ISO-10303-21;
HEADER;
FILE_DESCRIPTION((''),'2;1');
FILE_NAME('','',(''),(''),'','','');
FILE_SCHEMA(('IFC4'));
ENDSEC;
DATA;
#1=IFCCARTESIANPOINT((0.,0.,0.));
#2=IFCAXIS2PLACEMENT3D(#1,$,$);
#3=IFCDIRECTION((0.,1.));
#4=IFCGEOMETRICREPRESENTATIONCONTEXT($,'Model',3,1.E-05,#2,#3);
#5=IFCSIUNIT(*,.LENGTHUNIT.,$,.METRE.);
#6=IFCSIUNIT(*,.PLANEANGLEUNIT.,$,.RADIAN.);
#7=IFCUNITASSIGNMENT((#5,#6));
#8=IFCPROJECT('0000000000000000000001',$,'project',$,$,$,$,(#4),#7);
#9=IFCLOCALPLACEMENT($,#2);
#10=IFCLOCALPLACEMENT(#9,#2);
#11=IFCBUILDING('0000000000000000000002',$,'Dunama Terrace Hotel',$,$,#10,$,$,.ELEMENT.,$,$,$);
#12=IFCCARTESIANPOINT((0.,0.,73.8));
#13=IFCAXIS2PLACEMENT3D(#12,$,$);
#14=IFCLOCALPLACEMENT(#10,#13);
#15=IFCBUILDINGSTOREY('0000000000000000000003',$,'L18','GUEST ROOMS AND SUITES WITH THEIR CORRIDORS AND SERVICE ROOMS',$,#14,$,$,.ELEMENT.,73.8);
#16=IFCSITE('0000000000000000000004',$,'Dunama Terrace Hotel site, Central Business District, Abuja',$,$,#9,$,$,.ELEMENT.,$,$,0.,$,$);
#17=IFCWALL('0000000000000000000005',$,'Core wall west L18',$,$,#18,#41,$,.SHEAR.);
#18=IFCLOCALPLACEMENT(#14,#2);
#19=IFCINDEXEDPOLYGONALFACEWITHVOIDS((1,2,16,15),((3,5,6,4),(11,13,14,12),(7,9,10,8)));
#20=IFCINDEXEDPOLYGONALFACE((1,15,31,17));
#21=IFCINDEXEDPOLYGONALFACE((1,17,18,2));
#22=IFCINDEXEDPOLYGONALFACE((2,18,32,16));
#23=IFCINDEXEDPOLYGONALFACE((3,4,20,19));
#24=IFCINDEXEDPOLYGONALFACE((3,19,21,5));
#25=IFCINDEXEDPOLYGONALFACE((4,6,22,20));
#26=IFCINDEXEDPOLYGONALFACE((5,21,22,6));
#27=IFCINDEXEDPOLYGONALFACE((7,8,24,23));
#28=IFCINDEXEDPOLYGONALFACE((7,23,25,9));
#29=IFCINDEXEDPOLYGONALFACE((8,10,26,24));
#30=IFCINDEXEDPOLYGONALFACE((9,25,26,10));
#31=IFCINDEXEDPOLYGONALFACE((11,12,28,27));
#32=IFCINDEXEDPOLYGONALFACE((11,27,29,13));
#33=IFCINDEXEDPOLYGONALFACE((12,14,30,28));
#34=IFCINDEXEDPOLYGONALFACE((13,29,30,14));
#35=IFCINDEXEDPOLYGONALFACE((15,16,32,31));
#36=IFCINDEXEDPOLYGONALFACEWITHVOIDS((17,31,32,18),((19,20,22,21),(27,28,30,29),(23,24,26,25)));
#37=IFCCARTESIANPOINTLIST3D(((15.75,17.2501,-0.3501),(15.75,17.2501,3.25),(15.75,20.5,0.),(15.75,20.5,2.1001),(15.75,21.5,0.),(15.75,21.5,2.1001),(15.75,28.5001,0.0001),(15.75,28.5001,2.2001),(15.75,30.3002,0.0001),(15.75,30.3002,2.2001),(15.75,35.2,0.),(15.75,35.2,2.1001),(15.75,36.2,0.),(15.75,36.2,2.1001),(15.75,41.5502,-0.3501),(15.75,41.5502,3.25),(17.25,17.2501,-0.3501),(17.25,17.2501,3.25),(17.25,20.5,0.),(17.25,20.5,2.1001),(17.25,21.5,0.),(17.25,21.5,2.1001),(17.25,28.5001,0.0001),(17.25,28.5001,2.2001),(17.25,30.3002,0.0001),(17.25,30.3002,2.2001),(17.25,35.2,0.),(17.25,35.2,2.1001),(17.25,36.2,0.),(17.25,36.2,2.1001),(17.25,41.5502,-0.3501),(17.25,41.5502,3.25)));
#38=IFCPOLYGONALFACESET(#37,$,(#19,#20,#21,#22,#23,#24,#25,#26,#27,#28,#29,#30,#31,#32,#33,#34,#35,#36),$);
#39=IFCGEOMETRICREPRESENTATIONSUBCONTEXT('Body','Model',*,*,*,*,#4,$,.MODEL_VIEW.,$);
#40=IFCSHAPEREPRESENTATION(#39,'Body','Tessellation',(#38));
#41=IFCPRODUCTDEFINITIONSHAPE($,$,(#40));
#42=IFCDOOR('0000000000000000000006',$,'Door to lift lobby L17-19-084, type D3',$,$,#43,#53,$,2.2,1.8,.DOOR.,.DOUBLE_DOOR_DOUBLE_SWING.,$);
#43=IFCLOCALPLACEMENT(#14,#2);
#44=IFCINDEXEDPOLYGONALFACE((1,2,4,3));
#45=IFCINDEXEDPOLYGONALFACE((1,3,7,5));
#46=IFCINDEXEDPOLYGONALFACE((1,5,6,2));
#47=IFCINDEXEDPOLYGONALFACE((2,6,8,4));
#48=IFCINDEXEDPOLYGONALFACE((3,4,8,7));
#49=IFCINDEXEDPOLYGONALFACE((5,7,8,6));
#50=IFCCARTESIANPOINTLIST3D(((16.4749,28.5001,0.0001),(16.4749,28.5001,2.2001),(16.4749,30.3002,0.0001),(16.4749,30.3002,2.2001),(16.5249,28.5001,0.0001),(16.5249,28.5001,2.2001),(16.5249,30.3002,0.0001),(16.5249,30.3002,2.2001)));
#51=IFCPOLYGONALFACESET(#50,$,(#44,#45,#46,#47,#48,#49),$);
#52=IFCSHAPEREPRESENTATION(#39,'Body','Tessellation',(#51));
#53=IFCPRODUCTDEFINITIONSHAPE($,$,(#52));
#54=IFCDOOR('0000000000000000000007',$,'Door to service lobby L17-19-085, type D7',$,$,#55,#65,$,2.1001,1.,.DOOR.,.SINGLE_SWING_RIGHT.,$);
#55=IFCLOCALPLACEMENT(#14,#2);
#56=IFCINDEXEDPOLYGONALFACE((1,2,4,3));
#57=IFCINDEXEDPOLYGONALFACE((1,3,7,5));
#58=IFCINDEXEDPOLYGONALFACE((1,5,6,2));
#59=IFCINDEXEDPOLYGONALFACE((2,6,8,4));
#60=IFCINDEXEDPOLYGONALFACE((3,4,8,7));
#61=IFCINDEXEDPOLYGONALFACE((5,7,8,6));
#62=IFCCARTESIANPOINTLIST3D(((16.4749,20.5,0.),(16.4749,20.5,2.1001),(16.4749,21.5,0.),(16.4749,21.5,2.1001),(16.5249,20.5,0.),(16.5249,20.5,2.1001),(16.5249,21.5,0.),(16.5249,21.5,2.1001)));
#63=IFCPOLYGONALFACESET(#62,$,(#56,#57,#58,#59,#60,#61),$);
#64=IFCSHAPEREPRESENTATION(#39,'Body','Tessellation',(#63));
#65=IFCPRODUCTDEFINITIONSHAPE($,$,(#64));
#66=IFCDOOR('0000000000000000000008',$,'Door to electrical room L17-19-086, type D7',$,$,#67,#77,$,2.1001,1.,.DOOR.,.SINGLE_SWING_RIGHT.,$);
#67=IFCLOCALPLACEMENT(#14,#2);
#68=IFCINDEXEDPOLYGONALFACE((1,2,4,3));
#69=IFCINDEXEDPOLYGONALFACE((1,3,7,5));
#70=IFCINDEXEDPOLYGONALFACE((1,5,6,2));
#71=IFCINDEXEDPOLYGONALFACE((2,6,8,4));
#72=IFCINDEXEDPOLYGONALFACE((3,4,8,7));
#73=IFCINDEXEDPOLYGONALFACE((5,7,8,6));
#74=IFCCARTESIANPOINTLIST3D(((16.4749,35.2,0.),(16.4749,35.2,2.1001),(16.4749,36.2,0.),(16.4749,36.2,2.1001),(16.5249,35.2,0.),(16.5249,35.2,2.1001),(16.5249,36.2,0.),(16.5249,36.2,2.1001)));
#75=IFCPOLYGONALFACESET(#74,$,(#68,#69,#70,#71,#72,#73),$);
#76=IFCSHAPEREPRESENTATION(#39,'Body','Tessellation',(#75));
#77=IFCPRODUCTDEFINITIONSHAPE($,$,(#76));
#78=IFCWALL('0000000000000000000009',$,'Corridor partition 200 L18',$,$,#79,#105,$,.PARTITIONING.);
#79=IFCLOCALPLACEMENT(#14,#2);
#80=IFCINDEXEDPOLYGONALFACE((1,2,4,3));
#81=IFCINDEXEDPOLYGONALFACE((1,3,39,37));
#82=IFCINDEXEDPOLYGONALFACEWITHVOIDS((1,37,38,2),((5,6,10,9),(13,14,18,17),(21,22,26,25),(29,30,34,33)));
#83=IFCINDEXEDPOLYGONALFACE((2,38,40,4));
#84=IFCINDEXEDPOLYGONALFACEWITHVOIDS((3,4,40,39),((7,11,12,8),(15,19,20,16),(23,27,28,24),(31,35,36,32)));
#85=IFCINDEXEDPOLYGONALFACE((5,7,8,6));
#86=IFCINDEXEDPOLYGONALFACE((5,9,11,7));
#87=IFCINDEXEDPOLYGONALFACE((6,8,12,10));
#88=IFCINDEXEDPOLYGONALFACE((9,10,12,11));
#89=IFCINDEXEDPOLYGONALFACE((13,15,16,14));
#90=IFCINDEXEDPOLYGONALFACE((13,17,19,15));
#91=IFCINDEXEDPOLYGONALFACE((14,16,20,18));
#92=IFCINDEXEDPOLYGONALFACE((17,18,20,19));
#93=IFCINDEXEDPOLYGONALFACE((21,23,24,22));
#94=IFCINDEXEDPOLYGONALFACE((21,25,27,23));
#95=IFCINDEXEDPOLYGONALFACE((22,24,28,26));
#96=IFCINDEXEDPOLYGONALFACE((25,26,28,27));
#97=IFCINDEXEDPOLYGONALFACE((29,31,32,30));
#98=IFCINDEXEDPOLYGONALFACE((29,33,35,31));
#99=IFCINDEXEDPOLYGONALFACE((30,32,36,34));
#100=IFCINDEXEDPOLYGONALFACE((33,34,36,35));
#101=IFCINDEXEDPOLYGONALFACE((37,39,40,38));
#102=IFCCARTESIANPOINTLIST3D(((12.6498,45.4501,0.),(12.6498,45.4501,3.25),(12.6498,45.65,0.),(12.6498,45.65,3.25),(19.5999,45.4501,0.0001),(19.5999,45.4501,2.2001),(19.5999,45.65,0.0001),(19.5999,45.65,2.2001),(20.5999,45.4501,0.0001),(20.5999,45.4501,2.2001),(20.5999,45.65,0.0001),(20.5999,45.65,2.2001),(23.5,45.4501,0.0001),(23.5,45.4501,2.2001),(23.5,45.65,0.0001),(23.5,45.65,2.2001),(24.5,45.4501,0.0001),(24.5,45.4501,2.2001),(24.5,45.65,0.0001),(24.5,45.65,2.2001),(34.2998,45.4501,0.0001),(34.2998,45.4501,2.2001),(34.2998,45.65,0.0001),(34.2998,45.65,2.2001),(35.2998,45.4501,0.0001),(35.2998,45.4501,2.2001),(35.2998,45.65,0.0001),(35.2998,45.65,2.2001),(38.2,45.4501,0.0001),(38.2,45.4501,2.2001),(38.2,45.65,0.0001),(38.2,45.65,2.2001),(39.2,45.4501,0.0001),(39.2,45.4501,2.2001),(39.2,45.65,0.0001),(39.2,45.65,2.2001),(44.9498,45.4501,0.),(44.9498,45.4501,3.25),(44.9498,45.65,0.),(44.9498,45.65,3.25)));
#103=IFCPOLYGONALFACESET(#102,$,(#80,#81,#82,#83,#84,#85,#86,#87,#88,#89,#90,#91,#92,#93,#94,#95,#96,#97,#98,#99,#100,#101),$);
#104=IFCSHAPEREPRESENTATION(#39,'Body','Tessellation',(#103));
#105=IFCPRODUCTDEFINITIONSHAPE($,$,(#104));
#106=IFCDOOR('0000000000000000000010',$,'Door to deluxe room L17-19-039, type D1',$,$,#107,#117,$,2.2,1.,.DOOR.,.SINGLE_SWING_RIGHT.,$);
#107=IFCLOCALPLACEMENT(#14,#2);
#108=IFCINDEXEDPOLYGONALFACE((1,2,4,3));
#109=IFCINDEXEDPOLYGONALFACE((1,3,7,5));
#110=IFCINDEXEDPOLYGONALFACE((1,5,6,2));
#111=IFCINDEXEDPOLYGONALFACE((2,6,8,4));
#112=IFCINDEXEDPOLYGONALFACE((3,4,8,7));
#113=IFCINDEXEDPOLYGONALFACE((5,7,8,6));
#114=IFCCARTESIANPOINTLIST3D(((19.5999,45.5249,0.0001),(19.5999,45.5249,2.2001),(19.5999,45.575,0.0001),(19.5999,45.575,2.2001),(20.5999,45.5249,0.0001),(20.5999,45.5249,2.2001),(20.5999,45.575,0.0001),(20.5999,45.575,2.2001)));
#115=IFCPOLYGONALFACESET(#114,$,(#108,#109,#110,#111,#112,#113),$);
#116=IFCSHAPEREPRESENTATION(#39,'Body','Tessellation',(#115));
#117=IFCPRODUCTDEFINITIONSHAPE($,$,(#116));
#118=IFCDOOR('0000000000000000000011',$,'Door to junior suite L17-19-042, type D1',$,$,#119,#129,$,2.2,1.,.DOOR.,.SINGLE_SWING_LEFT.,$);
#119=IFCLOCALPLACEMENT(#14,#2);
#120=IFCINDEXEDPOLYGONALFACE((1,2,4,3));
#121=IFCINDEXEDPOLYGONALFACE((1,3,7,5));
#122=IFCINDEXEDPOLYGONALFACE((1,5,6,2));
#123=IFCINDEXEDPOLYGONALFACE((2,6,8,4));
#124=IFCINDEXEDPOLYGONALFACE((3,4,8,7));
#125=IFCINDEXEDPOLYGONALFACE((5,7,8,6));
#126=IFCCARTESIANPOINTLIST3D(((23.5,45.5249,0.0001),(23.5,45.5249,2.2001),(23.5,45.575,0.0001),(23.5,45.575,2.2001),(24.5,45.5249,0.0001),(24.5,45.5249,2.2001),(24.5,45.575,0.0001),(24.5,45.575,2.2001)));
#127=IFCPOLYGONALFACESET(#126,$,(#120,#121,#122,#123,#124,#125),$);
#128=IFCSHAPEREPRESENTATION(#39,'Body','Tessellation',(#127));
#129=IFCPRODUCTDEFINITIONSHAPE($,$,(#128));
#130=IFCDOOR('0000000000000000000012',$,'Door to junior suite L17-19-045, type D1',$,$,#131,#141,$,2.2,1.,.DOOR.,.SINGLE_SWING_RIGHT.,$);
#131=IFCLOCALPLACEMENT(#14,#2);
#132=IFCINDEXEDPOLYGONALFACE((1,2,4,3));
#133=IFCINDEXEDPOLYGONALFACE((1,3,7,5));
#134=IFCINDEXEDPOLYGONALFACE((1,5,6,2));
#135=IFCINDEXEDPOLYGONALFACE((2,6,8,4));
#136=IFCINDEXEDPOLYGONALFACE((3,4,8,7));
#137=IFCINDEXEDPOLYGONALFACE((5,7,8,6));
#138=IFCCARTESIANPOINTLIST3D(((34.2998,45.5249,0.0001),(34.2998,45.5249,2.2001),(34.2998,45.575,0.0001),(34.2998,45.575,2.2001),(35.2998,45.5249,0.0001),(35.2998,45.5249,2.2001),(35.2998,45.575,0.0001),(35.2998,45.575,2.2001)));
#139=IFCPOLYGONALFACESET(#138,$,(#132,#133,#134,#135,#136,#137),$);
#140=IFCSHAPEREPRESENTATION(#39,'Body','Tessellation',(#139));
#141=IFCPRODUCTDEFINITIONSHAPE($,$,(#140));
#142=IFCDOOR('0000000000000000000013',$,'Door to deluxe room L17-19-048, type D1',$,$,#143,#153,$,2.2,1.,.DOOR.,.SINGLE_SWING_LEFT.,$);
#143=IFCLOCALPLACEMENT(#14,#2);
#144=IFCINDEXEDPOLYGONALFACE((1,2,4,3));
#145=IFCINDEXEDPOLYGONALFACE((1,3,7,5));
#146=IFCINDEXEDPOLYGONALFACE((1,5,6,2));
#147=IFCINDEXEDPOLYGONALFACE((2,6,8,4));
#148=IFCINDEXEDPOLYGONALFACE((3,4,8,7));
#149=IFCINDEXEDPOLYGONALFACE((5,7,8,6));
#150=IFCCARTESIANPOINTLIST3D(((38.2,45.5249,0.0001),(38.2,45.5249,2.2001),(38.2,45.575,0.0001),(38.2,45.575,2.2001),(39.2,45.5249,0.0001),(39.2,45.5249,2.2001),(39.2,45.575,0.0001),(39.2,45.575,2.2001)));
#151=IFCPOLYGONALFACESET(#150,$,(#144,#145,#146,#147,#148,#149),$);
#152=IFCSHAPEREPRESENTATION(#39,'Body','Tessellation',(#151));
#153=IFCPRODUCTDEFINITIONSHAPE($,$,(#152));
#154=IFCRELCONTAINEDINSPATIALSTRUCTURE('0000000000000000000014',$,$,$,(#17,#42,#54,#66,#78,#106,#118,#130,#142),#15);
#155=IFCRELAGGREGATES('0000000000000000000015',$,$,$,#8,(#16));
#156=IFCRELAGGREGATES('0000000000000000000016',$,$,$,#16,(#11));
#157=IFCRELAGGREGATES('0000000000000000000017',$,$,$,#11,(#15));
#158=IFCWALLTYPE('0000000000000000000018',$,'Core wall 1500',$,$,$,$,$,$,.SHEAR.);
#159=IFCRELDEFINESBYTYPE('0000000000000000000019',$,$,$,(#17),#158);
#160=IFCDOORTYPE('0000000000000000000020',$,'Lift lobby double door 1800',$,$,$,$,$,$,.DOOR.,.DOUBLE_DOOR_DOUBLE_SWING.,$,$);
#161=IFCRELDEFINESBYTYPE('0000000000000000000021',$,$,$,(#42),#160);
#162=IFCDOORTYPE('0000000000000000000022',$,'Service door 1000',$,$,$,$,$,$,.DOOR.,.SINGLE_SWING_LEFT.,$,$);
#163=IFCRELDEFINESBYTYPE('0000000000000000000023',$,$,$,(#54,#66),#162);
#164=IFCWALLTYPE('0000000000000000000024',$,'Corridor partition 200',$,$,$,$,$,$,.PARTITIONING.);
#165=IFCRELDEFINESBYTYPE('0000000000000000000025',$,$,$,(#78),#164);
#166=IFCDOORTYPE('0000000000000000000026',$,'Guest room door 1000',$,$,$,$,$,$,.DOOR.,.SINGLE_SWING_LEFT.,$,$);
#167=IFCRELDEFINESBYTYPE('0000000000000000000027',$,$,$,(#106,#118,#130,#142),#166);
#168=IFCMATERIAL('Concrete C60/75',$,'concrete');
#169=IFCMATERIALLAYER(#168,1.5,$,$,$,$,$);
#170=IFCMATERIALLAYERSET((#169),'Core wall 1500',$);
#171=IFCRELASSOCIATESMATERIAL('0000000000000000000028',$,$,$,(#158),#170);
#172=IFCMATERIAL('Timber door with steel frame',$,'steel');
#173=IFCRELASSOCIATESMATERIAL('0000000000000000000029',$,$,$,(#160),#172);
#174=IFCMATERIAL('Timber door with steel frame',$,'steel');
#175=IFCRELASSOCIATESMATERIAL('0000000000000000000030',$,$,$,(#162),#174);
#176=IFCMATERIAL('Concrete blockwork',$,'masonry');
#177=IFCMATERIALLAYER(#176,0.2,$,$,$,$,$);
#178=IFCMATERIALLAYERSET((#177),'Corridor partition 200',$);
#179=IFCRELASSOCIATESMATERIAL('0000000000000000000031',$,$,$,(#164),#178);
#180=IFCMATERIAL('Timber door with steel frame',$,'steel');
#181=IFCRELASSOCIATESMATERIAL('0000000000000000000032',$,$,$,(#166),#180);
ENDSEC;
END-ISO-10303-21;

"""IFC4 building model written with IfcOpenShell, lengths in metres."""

from ifc_helpers import new_model, si_unit, direction, frame, frame_2d, origin, place, context, subcontext, project, spatial, rectangle, extrude, material, layer, layer_set, type_object, element, fill, save


model = new_model("IFC4")

# Units and contexts
model_context = context("Model", 3, precision=1e-05, world=origin(), true_north=direction((0.0, 1.0)))
body_context = subcontext(model_context, "Body", "Model", "MODEL_VIEW")
ifc_project = project(units=[si_unit("LENGTHUNIT", "METRE"), si_unit("PLANEANGLEUNIT", "RADIAN")], contexts=[model_context])

# Site, building, storey
site_placement = place(None, origin())
site = spatial("IfcSite", under=ifc_project, at=site_placement, Name="Dunama Terrace Hotel site, Central Business District, Abuja", CompositionType="ELEMENT", RefElevation=0.0)
building_placement = place(site_placement, origin())
building = spatial("IfcBuilding", under=site, at=building_placement, Name="Dunama Terrace Hotel", CompositionType="ELEMENT")
storey_placement = place(building_placement, frame((0.0, 0.0, 73.8)))
storey = spatial("IfcBuildingStorey", under=building, at=storey_placement, Name="L18", Description="GUEST ROOMS AND SUITES WITH THEIR CORRIDORS AND SERVICE ROOMS", CompositionType="ELEMENT", Elevation=73.8)

# Walls, openings, doors
ifc_material_1 = material(Name="Concrete C60/75", Category="concrete")
ifc_layer_1 = layer(ifc_material_1, 1.5)
ifc_layer_set_1 = layer_set([ifc_layer_1], Name="Core wall 1500")
wall_type_1 = type_object("IfcWallType", Name="Core wall 1500", PredefinedType="SHEAR", material=ifc_layer_set_1)
wall_1_placement = place(storey_placement, frame((16.5, 41.55, -0.3501), z_axis=(0.0, 0.0, 1.0), x_axis=(0.0, -1.0, 0.0)))
wall_1 = element("IfcWall", 1, at=wall_1_placement, inside=storey, type_object=wall_type_1, Name="Core wall west L18", PredefinedType="SHEAR", context=body_context, shape_type="SweptSolid", body=[
    extrude(rectangle(XDim=24.3, YDim=1.5, at=frame_2d((12.1499, 0.0))), origin(), (0.0, 0.0, 1.0), 3.6001),
])
opening_1_placement = place(wall_1_placement, frame((11.25, 0.0, 0.3501)))
opening_1 = element("IfcOpeningElement", 2, at=opening_1_placement, cuts=wall_1, PredefinedType="OPENING", context=body_context, shape_type="SweptSolid", body=[
    extrude(rectangle(XDim=1.8, YDim=2.2, at=frame_2d((0.8999, 1.1001))), frame((0.0, 0.76, 0.0), z_axis=(0.0, -1.0, 0.0), x_axis=(1.0, 0.0, 0.0)), (0.0, 0.0, 1.0), 1.52),
])
opening_2_placement = place(wall_1_placement, frame((20.05, 0.0, 0.3501)))
opening_2 = element("IfcOpeningElement", 3, at=opening_2_placement, cuts=wall_1, PredefinedType="OPENING", context=body_context, shape_type="SweptSolid", body=[
    extrude(rectangle(XDim=1.0, YDim=2.1001, at=frame_2d((0.5, 1.05))), frame((0.0, 0.76, 0.0), z_axis=(0.0, -1.0, 0.0), x_axis=(1.0, 0.0, 0.0)), (0.0, 0.0, 1.0), 1.52),
])
opening_3_placement = place(wall_1_placement, frame((5.3501, 0.0, 0.3501)))
opening_3 = element("IfcOpeningElement", 4, at=opening_3_placement, cuts=wall_1, PredefinedType="OPENING", context=body_context, shape_type="SweptSolid", body=[
    extrude(rectangle(XDim=1.0, YDim=2.1001, at=frame_2d((0.5, 1.05))), frame((0.0, 0.76, 0.0), z_axis=(0.0, -1.0, 0.0), x_axis=(1.0, 0.0, 0.0)), (0.0, 0.0, 1.0), 1.52),
])
ifc_material_2 = material(Name="Timber door with steel frame", Category="steel")
door_type_1 = type_object("IfcDoorType", Name="Lift lobby double door 1800", OperationType="DOUBLE_DOOR_DOUBLE_SWING", PredefinedType="DOOR", material=ifc_material_2)
door_1_placement = place(opening_1_placement, origin())
door_1 = element("IfcDoor", 5, at=door_1_placement, inside=storey, type_object=door_type_1, Name="Door to lift lobby L17-19-084, type D3", OperationType="DOUBLE_DOOR_DOUBLE_SWING", OverallHeight=2.2, OverallWidth=1.8, PredefinedType="DOOR", context=body_context, shape_type="SweptSolid", body=[
    extrude(rectangle(XDim=1.8, YDim=2.2, at=frame_2d((0.8999, 1.1001))), frame((0.0, 0.0249, 0.0), z_axis=(0.0, -1.0, 0.0), x_axis=(1.0, 0.0, 0.0)), (0.0, 0.0, 1.0), 0.05),
])
fill(opening_1, door_1)
ifc_material_3 = material(Name="Timber door with steel frame", Category="steel")
door_type_2 = type_object("IfcDoorType", Name="Service door 1000", OperationType="SINGLE_SWING_LEFT", PredefinedType="DOOR", material=ifc_material_3)
door_2_placement = place(opening_2_placement, origin())
door_2 = element("IfcDoor", 6, at=door_2_placement, inside=storey, type_object=door_type_2, Name="Door to service lobby L17-19-085, type D7", OperationType="SINGLE_SWING_RIGHT", OverallHeight=2.1001, OverallWidth=1.0, PredefinedType="DOOR", context=body_context, shape_type="SweptSolid", body=[
    extrude(rectangle(XDim=1.0, YDim=2.1001, at=frame_2d((0.5, 1.05))), frame((0.0, 0.0249, 0.0), z_axis=(0.0, -1.0, 0.0), x_axis=(1.0, 0.0, 0.0)), (0.0, 0.0, 1.0), 0.05),
])
fill(opening_2, door_2)
door_3_placement = place(opening_3_placement, origin())
door_3 = element("IfcDoor", 7, at=door_3_placement, inside=storey, type_object=door_type_2, Name="Door to electrical room L17-19-086, type D7", OperationType="SINGLE_SWING_RIGHT", OverallHeight=2.1001, OverallWidth=1.0, PredefinedType="DOOR", context=body_context, shape_type="SweptSolid", body=[
    extrude(rectangle(XDim=1.0, YDim=2.1001, at=frame_2d((0.5, 1.05))), frame((0.0, 0.0249, 0.0), z_axis=(0.0, -1.0, 0.0), x_axis=(1.0, 0.0, 0.0)), (0.0, 0.0, 1.0), 0.05),
])
fill(opening_3, door_3)
ifc_material_4 = material(Name="Concrete blockwork", Category="masonry")
ifc_layer_2 = layer(ifc_material_4, 0.2)
ifc_layer_set_2 = layer_set([ifc_layer_2], Name="Corridor partition 200")
wall_type_2 = type_object("IfcWallType", Name="Corridor partition 200", PredefinedType="PARTITIONING", material=ifc_layer_set_2)
wall_2_placement = place(storey_placement, frame((12.6499, 45.55, 0.0), z_axis=(0.0, 0.0, 1.0), x_axis=(1.0, 0.0, 0.0)))
wall_2 = element("IfcWall", 8, at=wall_2_placement, inside=storey, type_object=wall_type_2, Name="Corridor partition 200 L18", PredefinedType="PARTITIONING", context=body_context, shape_type="SweptSolid", body=[
    extrude(rectangle(XDim=32.3, YDim=0.2, at=frame_2d((16.1499, 0.0))), origin(), (0.0, 0.0, 1.0), 3.25),
])
opening_4_placement = place(wall_2_placement, frame((6.95, 0.0, 0.0)))
opening_4 = element("IfcOpeningElement", 9, at=opening_4_placement, cuts=wall_2, PredefinedType="OPENING", context=body_context, shape_type="SweptSolid", body=[
    extrude(rectangle(XDim=1.0, YDim=2.2, at=frame_2d((0.5, 1.1001))), frame((0.0, 0.1099, 0.0), z_axis=(0.0, -1.0, 0.0), x_axis=(1.0, 0.0, 0.0)), (0.0, 0.0, 1.0), 0.22),
])
opening_5_placement = place(wall_2_placement, frame((10.8501, 0.0, 0.0)))
opening_5 = element("IfcOpeningElement", 10, at=opening_5_placement, cuts=wall_2, PredefinedType="OPENING", context=body_context, shape_type="SweptSolid", body=[
    extrude(rectangle(XDim=1.0, YDim=2.2, at=frame_2d((0.5, 1.1001))), frame((0.0, 0.1099, 0.0), z_axis=(0.0, -1.0, 0.0), x_axis=(1.0, 0.0, 0.0)), (0.0, 0.0, 1.0), 0.22),
])
opening_6_placement = place(wall_2_placement, frame((21.6499, 0.0, 0.0)))
opening_6 = element("IfcOpeningElement", 11, at=opening_6_placement, cuts=wall_2, PredefinedType="OPENING", context=body_context, shape_type="SweptSolid", body=[
    extrude(rectangle(XDim=1.0, YDim=2.2, at=frame_2d((0.5, 1.1001))), frame((0.0, 0.1099, 0.0), z_axis=(0.0, -1.0, 0.0), x_axis=(1.0, 0.0, 0.0)), (0.0, 0.0, 1.0), 0.22),
])
opening_7_placement = place(wall_2_placement, frame((25.55, 0.0, 0.0)))
opening_7 = element("IfcOpeningElement", 12, at=opening_7_placement, cuts=wall_2, PredefinedType="OPENING", context=body_context, shape_type="SweptSolid", body=[
    extrude(rectangle(XDim=1.0, YDim=2.2, at=frame_2d((0.5, 1.1001))), frame((0.0, 0.1099, 0.0), z_axis=(0.0, -1.0, 0.0), x_axis=(1.0, 0.0, 0.0)), (0.0, 0.0, 1.0), 0.22),
])
ifc_material_5 = material(Name="Timber door with steel frame", Category="steel")
door_type_3 = type_object("IfcDoorType", Name="Guest room door 1000", OperationType="SINGLE_SWING_LEFT", PredefinedType="DOOR", material=ifc_material_5)
door_4_placement = place(opening_4_placement, origin())
door_4 = element("IfcDoor", 13, at=door_4_placement, inside=storey, type_object=door_type_3, Name="Door to deluxe room L17-19-039, type D1", OperationType="SINGLE_SWING_RIGHT", OverallHeight=2.2, OverallWidth=1.0, PredefinedType="DOOR", context=body_context, shape_type="SweptSolid", body=[
    extrude(rectangle(XDim=1.0, YDim=2.2, at=frame_2d((0.5, 1.1001))), frame((0.0, 0.0249, 0.0), z_axis=(0.0, -1.0, 0.0), x_axis=(1.0, 0.0, 0.0)), (0.0, 0.0, 1.0), 0.05),
])
fill(opening_4, door_4)
door_5_placement = place(opening_5_placement, origin())
door_5 = element("IfcDoor", 14, at=door_5_placement, inside=storey, type_object=door_type_3, Name="Door to junior suite L17-19-042, type D1", OperationType="SINGLE_SWING_LEFT", OverallHeight=2.2, OverallWidth=1.0, PredefinedType="DOOR", context=body_context, shape_type="SweptSolid", body=[
    extrude(rectangle(XDim=1.0, YDim=2.2, at=frame_2d((0.5, 1.1001))), frame((0.0, 0.0249, 0.0), z_axis=(0.0, -1.0, 0.0), x_axis=(1.0, 0.0, 0.0)), (0.0, 0.0, 1.0), 0.05),
])
fill(opening_5, door_5)
door_6_placement = place(opening_6_placement, origin())
door_6 = element("IfcDoor", 15, at=door_6_placement, inside=storey, type_object=door_type_3, Name="Door to junior suite L17-19-045, type D1", OperationType="SINGLE_SWING_RIGHT", OverallHeight=2.2, OverallWidth=1.0, PredefinedType="DOOR", context=body_context, shape_type="SweptSolid", body=[
    extrude(rectangle(XDim=1.0, YDim=2.2, at=frame_2d((0.5, 1.1001))), frame((0.0, 0.0249, 0.0), z_axis=(0.0, -1.0, 0.0), x_axis=(1.0, 0.0, 0.0)), (0.0, 0.0, 1.0), 0.05),
])
fill(opening_6, door_6)
door_7_placement = place(opening_7_placement, origin())
door_7 = element("IfcDoor", 16, at=door_7_placement, inside=storey, type_object=door_type_3, Name="Door to deluxe room L17-19-048, type D1", OperationType="SINGLE_SWING_LEFT", OverallHeight=2.2, OverallWidth=1.0, PredefinedType="DOOR", context=body_context, shape_type="SweptSolid", body=[
    extrude(rectangle(XDim=1.0, YDim=2.2, at=frame_2d((0.5, 1.1001))), frame((0.0, 0.0249, 0.0), z_axis=(0.0, -1.0, 0.0), x_axis=(1.0, 0.0, 0.0)), (0.0, 0.0, 1.0), 0.05),
])
fill(opening_7, door_7)

save(model, "model.ifc")
